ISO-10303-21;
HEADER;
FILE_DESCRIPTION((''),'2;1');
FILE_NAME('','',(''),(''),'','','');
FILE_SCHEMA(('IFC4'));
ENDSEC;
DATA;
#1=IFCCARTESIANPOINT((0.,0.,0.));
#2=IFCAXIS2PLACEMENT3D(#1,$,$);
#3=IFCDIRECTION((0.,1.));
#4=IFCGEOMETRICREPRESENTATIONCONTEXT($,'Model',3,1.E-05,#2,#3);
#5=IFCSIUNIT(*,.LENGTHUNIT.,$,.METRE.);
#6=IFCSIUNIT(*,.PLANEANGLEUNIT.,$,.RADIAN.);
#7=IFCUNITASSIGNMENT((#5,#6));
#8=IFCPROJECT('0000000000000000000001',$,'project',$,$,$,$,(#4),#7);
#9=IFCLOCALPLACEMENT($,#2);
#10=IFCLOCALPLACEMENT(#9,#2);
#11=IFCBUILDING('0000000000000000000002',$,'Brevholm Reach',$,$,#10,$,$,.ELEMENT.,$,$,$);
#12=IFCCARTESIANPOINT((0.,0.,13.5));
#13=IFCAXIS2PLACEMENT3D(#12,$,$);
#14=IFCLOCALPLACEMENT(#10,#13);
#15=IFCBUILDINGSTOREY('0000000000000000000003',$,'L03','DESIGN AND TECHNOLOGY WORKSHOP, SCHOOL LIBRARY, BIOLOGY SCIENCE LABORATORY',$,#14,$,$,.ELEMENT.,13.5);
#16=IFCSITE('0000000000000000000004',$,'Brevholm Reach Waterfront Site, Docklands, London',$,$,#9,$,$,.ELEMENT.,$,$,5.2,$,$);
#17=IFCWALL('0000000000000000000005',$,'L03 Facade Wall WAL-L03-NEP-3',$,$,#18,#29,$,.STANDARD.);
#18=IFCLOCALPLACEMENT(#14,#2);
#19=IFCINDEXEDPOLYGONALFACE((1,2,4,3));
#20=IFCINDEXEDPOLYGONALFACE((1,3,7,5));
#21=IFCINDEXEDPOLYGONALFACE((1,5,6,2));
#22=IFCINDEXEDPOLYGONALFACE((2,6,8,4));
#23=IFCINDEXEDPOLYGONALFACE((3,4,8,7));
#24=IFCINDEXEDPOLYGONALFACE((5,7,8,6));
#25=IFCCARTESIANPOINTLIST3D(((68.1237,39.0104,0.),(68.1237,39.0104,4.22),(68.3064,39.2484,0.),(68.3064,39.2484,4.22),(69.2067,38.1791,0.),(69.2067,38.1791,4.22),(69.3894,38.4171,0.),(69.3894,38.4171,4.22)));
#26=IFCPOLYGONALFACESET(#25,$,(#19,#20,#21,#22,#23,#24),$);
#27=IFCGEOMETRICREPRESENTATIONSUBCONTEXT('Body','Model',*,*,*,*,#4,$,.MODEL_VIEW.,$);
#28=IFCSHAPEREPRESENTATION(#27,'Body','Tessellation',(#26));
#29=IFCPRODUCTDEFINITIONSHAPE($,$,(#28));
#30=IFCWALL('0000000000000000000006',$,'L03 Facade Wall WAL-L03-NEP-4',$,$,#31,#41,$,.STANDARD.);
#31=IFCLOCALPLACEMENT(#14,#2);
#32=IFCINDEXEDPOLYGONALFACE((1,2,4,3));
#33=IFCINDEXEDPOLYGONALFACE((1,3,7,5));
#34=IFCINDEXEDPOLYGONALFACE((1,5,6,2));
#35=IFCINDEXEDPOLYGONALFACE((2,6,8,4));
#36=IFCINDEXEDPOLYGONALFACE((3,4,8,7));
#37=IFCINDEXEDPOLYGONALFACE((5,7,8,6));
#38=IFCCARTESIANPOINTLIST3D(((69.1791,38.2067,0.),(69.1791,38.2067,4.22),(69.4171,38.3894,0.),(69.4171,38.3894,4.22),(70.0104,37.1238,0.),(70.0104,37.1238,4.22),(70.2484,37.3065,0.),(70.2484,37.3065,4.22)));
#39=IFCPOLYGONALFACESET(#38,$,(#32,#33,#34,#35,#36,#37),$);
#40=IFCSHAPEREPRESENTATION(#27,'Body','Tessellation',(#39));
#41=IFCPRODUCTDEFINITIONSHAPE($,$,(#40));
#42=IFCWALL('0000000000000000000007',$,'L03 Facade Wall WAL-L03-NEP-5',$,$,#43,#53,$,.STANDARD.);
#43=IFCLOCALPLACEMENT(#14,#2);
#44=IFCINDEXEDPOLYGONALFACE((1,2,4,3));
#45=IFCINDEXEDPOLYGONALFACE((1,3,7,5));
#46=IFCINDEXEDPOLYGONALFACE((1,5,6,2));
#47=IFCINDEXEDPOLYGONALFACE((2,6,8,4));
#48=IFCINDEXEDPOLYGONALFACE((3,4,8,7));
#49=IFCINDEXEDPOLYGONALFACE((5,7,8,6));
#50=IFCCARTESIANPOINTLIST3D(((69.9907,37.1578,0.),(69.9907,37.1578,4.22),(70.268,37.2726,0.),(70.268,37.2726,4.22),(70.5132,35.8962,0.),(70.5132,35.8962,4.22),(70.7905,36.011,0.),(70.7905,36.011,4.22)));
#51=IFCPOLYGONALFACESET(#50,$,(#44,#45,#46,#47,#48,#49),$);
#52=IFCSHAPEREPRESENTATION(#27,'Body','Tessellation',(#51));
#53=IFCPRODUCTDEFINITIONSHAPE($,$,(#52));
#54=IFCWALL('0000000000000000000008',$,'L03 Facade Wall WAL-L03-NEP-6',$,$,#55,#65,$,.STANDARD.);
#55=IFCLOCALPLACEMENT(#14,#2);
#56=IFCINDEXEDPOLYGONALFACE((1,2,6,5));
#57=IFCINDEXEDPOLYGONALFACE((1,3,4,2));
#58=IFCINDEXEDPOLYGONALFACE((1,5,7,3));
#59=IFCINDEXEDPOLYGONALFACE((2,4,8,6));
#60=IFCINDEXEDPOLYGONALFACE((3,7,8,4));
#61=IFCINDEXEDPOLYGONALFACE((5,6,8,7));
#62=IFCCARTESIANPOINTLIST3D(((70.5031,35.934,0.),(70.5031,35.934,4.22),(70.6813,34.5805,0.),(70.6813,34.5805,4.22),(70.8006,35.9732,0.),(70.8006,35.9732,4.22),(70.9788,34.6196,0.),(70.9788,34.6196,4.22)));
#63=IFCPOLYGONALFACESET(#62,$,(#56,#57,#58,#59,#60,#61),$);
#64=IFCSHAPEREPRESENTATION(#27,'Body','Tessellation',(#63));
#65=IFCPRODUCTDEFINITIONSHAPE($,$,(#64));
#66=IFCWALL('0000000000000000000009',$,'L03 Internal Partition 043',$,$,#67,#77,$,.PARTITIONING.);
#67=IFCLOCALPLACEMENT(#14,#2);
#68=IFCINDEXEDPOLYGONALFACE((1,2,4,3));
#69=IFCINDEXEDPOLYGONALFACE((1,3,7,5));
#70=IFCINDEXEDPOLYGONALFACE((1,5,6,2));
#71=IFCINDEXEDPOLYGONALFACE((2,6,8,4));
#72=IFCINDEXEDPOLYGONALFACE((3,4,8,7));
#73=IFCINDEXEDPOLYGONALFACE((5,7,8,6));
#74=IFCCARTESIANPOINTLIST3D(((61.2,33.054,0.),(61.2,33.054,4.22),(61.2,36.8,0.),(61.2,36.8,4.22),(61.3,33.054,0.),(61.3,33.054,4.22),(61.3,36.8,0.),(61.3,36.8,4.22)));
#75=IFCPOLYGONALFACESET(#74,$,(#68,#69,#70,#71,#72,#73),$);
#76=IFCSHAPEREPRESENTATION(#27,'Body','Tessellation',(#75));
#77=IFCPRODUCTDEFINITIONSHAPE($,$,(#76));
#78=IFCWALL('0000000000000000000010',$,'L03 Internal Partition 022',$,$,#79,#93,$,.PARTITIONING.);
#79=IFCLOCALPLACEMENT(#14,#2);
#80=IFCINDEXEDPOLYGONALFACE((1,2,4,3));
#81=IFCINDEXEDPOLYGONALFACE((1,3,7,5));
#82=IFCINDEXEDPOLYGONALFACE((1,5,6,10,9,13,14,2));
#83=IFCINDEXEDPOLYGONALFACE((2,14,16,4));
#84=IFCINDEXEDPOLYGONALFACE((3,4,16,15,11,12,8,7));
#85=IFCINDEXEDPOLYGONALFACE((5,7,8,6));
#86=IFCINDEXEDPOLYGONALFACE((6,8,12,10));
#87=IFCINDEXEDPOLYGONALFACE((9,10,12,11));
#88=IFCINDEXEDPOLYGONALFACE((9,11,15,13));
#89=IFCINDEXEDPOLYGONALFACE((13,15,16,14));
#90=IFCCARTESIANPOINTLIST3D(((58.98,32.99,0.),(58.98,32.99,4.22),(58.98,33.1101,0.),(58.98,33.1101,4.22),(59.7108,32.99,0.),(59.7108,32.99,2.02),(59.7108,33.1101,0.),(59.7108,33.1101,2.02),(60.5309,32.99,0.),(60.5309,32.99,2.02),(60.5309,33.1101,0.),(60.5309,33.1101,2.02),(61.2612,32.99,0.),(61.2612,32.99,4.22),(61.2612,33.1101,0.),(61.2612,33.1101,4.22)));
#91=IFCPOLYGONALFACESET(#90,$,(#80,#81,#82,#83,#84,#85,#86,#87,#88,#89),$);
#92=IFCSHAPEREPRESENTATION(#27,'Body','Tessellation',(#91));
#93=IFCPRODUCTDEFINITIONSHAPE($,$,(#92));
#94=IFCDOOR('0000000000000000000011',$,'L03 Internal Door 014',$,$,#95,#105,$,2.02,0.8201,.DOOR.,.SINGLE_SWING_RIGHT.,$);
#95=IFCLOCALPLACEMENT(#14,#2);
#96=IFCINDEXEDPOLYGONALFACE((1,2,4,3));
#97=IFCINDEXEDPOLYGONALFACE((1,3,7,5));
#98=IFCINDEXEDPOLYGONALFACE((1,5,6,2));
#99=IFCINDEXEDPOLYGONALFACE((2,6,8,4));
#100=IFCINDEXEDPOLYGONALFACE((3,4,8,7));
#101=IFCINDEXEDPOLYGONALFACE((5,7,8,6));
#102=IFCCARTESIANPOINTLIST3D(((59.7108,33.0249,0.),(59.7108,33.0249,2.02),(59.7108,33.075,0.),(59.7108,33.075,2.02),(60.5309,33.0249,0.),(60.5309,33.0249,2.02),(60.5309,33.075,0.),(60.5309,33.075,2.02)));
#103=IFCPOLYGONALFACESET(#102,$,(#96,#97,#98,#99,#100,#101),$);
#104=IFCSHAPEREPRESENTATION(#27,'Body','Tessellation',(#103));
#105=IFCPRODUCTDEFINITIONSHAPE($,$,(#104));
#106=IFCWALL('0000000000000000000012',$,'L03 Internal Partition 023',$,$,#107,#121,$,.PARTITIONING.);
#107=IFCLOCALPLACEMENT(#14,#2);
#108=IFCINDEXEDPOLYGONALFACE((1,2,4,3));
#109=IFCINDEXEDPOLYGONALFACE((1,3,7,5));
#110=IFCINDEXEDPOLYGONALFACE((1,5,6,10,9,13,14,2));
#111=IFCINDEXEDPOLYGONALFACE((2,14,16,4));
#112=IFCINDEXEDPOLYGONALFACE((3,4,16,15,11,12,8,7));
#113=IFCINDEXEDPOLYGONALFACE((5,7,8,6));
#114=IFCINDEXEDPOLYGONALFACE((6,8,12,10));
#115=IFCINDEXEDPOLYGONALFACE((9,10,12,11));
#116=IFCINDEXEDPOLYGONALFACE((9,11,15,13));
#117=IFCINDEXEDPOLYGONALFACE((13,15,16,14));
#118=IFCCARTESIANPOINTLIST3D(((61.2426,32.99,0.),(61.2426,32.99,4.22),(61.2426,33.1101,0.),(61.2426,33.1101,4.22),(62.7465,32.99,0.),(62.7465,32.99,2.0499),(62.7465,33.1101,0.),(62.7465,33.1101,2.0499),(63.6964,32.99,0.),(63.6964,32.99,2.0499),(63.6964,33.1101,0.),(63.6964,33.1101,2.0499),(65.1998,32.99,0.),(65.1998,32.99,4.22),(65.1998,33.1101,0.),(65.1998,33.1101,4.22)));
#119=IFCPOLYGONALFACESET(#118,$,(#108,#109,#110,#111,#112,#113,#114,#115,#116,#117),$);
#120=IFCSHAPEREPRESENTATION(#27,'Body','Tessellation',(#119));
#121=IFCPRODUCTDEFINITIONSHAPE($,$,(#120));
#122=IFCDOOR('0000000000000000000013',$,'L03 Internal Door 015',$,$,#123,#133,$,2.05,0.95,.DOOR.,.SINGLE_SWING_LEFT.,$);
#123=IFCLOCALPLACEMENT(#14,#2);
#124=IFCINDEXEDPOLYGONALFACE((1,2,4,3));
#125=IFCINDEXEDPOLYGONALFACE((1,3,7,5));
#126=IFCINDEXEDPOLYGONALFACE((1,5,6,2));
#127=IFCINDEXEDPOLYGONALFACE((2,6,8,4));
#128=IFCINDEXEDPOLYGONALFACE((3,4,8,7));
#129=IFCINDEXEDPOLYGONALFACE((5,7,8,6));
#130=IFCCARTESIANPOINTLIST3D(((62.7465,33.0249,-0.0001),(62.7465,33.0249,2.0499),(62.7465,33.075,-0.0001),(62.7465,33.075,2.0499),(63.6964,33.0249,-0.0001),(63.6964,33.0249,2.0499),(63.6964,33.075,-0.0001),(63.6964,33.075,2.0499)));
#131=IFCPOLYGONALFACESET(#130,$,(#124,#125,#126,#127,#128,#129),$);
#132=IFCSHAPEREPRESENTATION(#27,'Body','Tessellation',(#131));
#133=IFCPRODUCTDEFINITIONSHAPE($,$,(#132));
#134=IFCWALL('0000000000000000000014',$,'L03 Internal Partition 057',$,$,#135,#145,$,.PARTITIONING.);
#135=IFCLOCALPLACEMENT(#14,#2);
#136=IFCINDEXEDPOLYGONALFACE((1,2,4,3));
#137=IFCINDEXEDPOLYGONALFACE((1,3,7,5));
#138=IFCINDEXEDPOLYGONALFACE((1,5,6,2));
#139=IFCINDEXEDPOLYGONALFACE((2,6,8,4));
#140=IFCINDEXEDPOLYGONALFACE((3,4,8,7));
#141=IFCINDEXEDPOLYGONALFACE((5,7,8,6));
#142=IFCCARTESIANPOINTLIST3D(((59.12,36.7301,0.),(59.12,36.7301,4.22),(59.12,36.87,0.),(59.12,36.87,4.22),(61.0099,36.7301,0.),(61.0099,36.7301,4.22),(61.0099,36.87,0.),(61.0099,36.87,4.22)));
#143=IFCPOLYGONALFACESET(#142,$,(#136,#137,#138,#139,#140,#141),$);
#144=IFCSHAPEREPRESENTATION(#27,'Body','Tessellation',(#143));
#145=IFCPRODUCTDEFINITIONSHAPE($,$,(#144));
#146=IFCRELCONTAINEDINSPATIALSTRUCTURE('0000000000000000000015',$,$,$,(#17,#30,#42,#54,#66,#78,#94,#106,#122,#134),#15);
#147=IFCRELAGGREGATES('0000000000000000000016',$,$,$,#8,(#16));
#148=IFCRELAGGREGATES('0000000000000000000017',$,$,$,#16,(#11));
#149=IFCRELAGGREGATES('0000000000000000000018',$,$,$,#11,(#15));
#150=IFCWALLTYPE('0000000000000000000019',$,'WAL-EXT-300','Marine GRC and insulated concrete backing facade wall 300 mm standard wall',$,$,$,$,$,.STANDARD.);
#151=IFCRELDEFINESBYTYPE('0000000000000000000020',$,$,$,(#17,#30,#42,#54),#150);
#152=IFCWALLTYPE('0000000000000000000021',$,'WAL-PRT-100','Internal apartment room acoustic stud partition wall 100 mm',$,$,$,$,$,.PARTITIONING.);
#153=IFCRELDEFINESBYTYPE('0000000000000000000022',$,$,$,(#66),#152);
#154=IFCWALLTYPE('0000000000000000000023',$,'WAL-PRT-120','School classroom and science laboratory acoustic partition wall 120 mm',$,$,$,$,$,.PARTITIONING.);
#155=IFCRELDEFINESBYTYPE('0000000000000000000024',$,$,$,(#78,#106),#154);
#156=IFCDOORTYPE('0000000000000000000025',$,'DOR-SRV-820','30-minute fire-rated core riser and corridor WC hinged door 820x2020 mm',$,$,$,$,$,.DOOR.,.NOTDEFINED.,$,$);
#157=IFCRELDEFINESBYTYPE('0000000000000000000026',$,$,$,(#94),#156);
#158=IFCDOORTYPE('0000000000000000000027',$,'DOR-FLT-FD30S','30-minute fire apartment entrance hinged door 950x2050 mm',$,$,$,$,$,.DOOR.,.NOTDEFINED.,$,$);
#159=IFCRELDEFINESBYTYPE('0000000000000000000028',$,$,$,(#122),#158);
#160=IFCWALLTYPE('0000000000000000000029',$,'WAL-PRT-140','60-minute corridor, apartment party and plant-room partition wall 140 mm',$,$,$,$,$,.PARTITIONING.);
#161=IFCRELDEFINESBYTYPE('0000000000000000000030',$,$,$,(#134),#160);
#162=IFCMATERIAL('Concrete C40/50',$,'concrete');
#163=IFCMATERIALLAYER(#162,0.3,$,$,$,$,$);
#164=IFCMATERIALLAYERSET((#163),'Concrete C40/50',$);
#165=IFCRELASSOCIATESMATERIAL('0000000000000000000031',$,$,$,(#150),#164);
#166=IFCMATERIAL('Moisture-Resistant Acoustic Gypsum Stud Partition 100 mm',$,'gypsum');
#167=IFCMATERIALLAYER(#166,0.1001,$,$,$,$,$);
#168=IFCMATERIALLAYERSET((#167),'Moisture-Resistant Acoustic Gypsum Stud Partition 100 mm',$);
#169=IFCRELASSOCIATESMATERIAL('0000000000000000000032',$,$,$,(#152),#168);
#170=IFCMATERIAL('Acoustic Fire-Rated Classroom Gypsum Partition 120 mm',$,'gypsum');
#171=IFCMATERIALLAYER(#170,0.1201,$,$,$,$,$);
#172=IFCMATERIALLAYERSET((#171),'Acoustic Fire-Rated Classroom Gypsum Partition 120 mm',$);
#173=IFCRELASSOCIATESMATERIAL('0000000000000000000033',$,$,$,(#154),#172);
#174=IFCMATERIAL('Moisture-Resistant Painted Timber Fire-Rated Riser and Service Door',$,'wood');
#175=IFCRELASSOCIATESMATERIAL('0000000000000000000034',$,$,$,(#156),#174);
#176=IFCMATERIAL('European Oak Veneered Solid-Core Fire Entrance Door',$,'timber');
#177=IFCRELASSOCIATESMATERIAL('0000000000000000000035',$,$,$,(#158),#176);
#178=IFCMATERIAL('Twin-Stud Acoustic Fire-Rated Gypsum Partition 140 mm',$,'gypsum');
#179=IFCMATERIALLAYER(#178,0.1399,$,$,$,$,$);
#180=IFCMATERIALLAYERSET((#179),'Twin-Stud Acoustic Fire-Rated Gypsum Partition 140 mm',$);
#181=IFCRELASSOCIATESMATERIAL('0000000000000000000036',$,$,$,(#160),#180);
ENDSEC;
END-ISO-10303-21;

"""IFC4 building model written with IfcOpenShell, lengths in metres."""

from ifc_helpers import new_model, si_unit, direction, frame, frame_2d, origin, place, context, subcontext, project, spatial, rectangle, extrude, material, layer, layer_set, type_object, element, fill, save


model = new_model("IFC4")

# Units and contexts
model_context = context("Model", 3, precision=1e-05, world=origin(), true_north=direction((0.0, 1.0)))
body_context = subcontext(model_context, "Body", "Model", "MODEL_VIEW")
ifc_project = project(units=[si_unit("LENGTHUNIT", "METRE"), si_unit("PLANEANGLEUNIT", "RADIAN")], contexts=[model_context])

# Site, building, storey
site_placement = place(None, origin())
site = spatial("IfcSite", under=ifc_project, at=site_placement, Name="Brevholm Reach Waterfront Site, Docklands, London", CompositionType="ELEMENT", RefElevation=5.2)
building_placement = place(site_placement, origin())
building = spatial("IfcBuilding", under=site, at=building_placement, Name="Brevholm Reach", CompositionType="ELEMENT")
storey_placement = place(building_placement, frame((0.0, 0.0, 13.5)))
storey = spatial("IfcBuildingStorey", under=building, at=storey_placement, Name="L03", Description="DESIGN AND TECHNOLOGY WORKSHOP, SCHOOL LIBRARY, BIOLOGY SCIENCE LABORATORY", CompositionType="ELEMENT", Elevation=13.5)

# Walls
ifc_material_1 = material(Name="Concrete C40/50", Category="concrete")
ifc_layer_1 = layer(ifc_material_1, 0.3)
ifc_layer_set_1 = layer_set([ifc_layer_1], Name="Concrete C40/50")
wall_type_1 = type_object("IfcWallType", Name="WAL-EXT-300", Description="Marine GRC and insulated concrete backing facade wall 300 mm standard wall", PredefinedType="STANDARD", material=ifc_layer_set_1)
for number, where, z_axis, x_axis, name in (
    (1, (68.2151, 39.1294, 0.0), (0.0, 0.0, 1.0), (0.793255, -0.608889, 0.0), "L03 Facade Wall WAL-L03-NEP-3"),
    (2, (69.2981, 38.2981, 0.0), (0.0, 0.0, 1.0), (0.608889, -0.793255, 0.0), "L03 Facade Wall WAL-L03-NEP-4"),
):
    element("IfcWall", number, at=place(storey_placement, frame(where, z_axis=z_axis, x_axis=x_axis)), inside=storey, type_object=wall_type_1, Name=name, PredefinedType="STANDARD", context=body_context, shape_type="SweptSolid", body=[
        extrude(rectangle(XDim=1.3652, YDim=0.3, at=frame_2d((0.6826, 0.0))), origin(), (0.0, 0.0, 1.0), 4.22),
    ])
wall_1_placement = place(storey_placement, frame((70.1294, 37.2151, 0.0), z_axis=(0.0, 0.0, 1.0), x_axis=(0.382647, -0.923895, 0.0)))
element("IfcWall", 3, at=wall_1_placement, inside=storey, type_object=wall_type_1, Name="L03 Facade Wall WAL-L03-NEP-5", PredefinedType="STANDARD", context=body_context, shape_type="SweptSolid", body=[
    extrude(rectangle(XDim=1.3655, YDim=0.3, at=frame_2d((0.6826, 0.0))), origin(), (0.0, 0.0, 1.0), 4.22),
])
wall_2_placement = place(storey_placement, frame((70.6519, 35.9536, 0.0), z_axis=(0.0, 0.0, 1.0), x_axis=(0.130547, -0.991442, 0.0)))
element("IfcWall", 4, at=wall_2_placement, inside=storey, type_object=wall_type_1, Name="L03 Facade Wall WAL-L03-NEP-6", PredefinedType="STANDARD", context=body_context, shape_type="SweptSolid", body=[
    extrude(rectangle(XDim=1.3652, YDim=0.3, at=frame_2d((0.6826, 0.0))), origin(), (0.0, 0.0, 1.0), 4.22),
])
ifc_material_2 = material(Name="Moisture-Resistant Acoustic Gypsum Stud Partition 100 mm", Category="gypsum")
ifc_layer_2 = layer(ifc_material_2, 0.1001)
ifc_layer_set_2 = layer_set([ifc_layer_2], Name="Moisture-Resistant Acoustic Gypsum Stud Partition 100 mm")
wall_type_2 = type_object("IfcWallType", Name="WAL-PRT-100", Description="Internal apartment room acoustic stud partition wall 100 mm", PredefinedType="PARTITIONING", material=ifc_layer_set_2)
wall_3_placement = place(storey_placement, frame((61.25, 33.054, 0.0), z_axis=(0.0, 0.0, 1.0), x_axis=(0.0, 1.0, 0.0)))
element("IfcWall", 5, at=wall_3_placement, inside=storey, type_object=wall_type_2, Name="L03 Internal Partition 043", PredefinedType="PARTITIONING", context=body_context, shape_type="SweptSolid", body=[
    extrude(rectangle(XDim=3.7461, YDim=0.1001, at=frame_2d((1.873, 0.0))), origin(), (0.0, 0.0, 1.0), 4.22),
])

# Walls, openings, doors
ifc_material_3 = material(Name="Acoustic Fire-Rated Classroom Gypsum Partition 120 mm", Category="gypsum")
ifc_layer_3 = layer(ifc_material_3, 0.1201)
ifc_layer_set_3 = layer_set([ifc_layer_3], Name="Acoustic Fire-Rated Classroom Gypsum Partition 120 mm")
wall_type_3 = type_object("IfcWallType", Name="WAL-PRT-120", Description="School classroom and science laboratory acoustic partition wall 120 mm", PredefinedType="PARTITIONING", material=ifc_layer_set_3)
wall_4_placement = place(storey_placement, frame((58.98, 33.05, 0.0), z_axis=(0.0, 0.0, 1.0), x_axis=(1.0, 0.0, 0.0)))
wall_4 = element("IfcWall", 6, at=wall_4_placement, inside=storey, type_object=wall_type_3, Name="L03 Internal Partition 022", PredefinedType="PARTITIONING", context=body_context, shape_type="SweptSolid", body=[
    extrude(rectangle(XDim=2.2812, YDim=0.1201, at=frame_2d((1.1406, 0.0))), origin(), (0.0, 0.0, 1.0), 4.22),
])
opening_1_placement = place(wall_4_placement, frame((0.7307, 0.0, 0.0)))
opening_1 = element("IfcOpeningElement", 7, at=opening_1_placement, cuts=wall_4, PredefinedType="OPENING", context=body_context, shape_type="SweptSolid", body=[
    extrude(rectangle(XDim=0.8201, YDim=2.02, at=frame_2d((0.4102, 1.01))), frame((0.0, 0.0701, 0.0), z_axis=(0.0, -1.0, 0.0), x_axis=(1.0, 0.0, 0.0)), (0.0, 0.0, 1.0), 0.1401),
])
ifc_material_4 = material(Name="Moisture-Resistant Painted Timber Fire-Rated Riser and Service Door", Category="wood")
door_type_1 = type_object("IfcDoorType", Name="DOR-SRV-820", Description="30-minute fire-rated core riser and corridor WC hinged door 820x2020 mm", OperationType="NOTDEFINED", PredefinedType="DOOR", material=ifc_material_4)
door_1_placement = place(opening_1_placement, origin())
door_1 = element("IfcDoor", 8, at=door_1_placement, inside=storey, type_object=door_type_1, Name="L03 Internal Door 014", OperationType="SINGLE_SWING_RIGHT", OverallHeight=2.02, OverallWidth=0.8201, PredefinedType="DOOR", context=body_context, shape_type="SweptSolid", body=[
    extrude(rectangle(XDim=0.8201, YDim=2.02, at=frame_2d((0.4102, 1.01))), frame((0.0, 0.0249, 0.0), z_axis=(0.0, -1.0, 0.0), x_axis=(1.0, 0.0, 0.0)), (0.0, 0.0, 1.0), 0.05),
])
fill(opening_1, door_1)
wall_5_placement = place(storey_placement, frame((61.2427, 33.05, 0.0), z_axis=(0.0, 0.0, 1.0), x_axis=(1.0, 0.0, 0.0)))
wall_5 = element("IfcWall", 9, at=wall_5_placement, inside=storey, type_object=wall_type_3, Name="L03 Internal Partition 023", PredefinedType="PARTITIONING", context=body_context, shape_type="SweptSolid", body=[
    extrude(rectangle(XDim=3.9573, YDim=0.1201, at=frame_2d((1.9785, 0.0))), origin(), (0.0, 0.0, 1.0), 4.22),
])
opening_2_placement = place(wall_5_placement, frame((1.5037, 0.0, 0.0)))
opening_2 = element("IfcOpeningElement", 10, at=opening_2_placement, cuts=wall_5, PredefinedType="OPENING", context=body_context, shape_type="SweptSolid", body=[
    extrude(rectangle(XDim=0.95, YDim=2.05, at=frame_2d((0.4751, 1.0249))), frame((0.0, 0.0701, 0.0), z_axis=(0.0, -1.0, 0.0), x_axis=(1.0, 0.0, 0.0)), (0.0, 0.0, 1.0), 0.1401),
])
ifc_material_5 = material(Name="European Oak Veneered Solid-Core Fire Entrance Door", Category="timber")
door_type_2 = type_object("IfcDoorType", Name="DOR-FLT-FD30S", Description="30-minute fire apartment entrance hinged door 950x2050 mm", OperationType="NOTDEFINED", PredefinedType="DOOR", material=ifc_material_5)
door_2_placement = place(opening_2_placement, origin())
door_2 = element("IfcDoor", 11, at=door_2_placement, inside=storey, type_object=door_type_2, Name="L03 Internal Door 015", OperationType="SINGLE_SWING_LEFT", OverallHeight=2.05, OverallWidth=0.95, PredefinedType="DOOR", context=body_context, shape_type="SweptSolid", body=[
    extrude(rectangle(XDim=0.95, YDim=2.05, at=frame_2d((0.4751, 1.0249))), frame((0.0, 0.0249, 0.0), z_axis=(0.0, -1.0, 0.0), x_axis=(1.0, 0.0, 0.0)), (0.0, 0.0, 1.0), 0.05),
])
fill(opening_2, door_2)

# Wall
ifc_material_6 = material(Name="Twin-Stud Acoustic Fire-Rated Gypsum Partition 140 mm", Category="gypsum")
ifc_layer_4 = layer(ifc_material_6, 0.1399)
ifc_layer_set_4 = layer_set([ifc_layer_4], Name="Twin-Stud Acoustic Fire-Rated Gypsum Partition 140 mm")
wall_type_4 = type_object("IfcWallType", Name="WAL-PRT-140", Description="60-minute corridor, apartment party and plant-room partition wall 140 mm", PredefinedType="PARTITIONING", material=ifc_layer_set_4)
wall_6_placement = place(storey_placement, frame((59.1201, 36.8, 0.0), z_axis=(0.0, 0.0, 1.0), x_axis=(1.0, 0.0, 0.0)))
element("IfcWall", 12, at=wall_6_placement, inside=storey, type_object=wall_type_4, Name="L03 Internal Partition 057", PredefinedType="PARTITIONING", context=body_context, shape_type="SweptSolid", body=[
    extrude(rectangle(XDim=1.8899, YDim=0.1399, at=frame_2d((0.9448, 0.0))), origin(), (0.0, 0.0, 1.0), 4.22),
])

save(model, "model.ifc")
